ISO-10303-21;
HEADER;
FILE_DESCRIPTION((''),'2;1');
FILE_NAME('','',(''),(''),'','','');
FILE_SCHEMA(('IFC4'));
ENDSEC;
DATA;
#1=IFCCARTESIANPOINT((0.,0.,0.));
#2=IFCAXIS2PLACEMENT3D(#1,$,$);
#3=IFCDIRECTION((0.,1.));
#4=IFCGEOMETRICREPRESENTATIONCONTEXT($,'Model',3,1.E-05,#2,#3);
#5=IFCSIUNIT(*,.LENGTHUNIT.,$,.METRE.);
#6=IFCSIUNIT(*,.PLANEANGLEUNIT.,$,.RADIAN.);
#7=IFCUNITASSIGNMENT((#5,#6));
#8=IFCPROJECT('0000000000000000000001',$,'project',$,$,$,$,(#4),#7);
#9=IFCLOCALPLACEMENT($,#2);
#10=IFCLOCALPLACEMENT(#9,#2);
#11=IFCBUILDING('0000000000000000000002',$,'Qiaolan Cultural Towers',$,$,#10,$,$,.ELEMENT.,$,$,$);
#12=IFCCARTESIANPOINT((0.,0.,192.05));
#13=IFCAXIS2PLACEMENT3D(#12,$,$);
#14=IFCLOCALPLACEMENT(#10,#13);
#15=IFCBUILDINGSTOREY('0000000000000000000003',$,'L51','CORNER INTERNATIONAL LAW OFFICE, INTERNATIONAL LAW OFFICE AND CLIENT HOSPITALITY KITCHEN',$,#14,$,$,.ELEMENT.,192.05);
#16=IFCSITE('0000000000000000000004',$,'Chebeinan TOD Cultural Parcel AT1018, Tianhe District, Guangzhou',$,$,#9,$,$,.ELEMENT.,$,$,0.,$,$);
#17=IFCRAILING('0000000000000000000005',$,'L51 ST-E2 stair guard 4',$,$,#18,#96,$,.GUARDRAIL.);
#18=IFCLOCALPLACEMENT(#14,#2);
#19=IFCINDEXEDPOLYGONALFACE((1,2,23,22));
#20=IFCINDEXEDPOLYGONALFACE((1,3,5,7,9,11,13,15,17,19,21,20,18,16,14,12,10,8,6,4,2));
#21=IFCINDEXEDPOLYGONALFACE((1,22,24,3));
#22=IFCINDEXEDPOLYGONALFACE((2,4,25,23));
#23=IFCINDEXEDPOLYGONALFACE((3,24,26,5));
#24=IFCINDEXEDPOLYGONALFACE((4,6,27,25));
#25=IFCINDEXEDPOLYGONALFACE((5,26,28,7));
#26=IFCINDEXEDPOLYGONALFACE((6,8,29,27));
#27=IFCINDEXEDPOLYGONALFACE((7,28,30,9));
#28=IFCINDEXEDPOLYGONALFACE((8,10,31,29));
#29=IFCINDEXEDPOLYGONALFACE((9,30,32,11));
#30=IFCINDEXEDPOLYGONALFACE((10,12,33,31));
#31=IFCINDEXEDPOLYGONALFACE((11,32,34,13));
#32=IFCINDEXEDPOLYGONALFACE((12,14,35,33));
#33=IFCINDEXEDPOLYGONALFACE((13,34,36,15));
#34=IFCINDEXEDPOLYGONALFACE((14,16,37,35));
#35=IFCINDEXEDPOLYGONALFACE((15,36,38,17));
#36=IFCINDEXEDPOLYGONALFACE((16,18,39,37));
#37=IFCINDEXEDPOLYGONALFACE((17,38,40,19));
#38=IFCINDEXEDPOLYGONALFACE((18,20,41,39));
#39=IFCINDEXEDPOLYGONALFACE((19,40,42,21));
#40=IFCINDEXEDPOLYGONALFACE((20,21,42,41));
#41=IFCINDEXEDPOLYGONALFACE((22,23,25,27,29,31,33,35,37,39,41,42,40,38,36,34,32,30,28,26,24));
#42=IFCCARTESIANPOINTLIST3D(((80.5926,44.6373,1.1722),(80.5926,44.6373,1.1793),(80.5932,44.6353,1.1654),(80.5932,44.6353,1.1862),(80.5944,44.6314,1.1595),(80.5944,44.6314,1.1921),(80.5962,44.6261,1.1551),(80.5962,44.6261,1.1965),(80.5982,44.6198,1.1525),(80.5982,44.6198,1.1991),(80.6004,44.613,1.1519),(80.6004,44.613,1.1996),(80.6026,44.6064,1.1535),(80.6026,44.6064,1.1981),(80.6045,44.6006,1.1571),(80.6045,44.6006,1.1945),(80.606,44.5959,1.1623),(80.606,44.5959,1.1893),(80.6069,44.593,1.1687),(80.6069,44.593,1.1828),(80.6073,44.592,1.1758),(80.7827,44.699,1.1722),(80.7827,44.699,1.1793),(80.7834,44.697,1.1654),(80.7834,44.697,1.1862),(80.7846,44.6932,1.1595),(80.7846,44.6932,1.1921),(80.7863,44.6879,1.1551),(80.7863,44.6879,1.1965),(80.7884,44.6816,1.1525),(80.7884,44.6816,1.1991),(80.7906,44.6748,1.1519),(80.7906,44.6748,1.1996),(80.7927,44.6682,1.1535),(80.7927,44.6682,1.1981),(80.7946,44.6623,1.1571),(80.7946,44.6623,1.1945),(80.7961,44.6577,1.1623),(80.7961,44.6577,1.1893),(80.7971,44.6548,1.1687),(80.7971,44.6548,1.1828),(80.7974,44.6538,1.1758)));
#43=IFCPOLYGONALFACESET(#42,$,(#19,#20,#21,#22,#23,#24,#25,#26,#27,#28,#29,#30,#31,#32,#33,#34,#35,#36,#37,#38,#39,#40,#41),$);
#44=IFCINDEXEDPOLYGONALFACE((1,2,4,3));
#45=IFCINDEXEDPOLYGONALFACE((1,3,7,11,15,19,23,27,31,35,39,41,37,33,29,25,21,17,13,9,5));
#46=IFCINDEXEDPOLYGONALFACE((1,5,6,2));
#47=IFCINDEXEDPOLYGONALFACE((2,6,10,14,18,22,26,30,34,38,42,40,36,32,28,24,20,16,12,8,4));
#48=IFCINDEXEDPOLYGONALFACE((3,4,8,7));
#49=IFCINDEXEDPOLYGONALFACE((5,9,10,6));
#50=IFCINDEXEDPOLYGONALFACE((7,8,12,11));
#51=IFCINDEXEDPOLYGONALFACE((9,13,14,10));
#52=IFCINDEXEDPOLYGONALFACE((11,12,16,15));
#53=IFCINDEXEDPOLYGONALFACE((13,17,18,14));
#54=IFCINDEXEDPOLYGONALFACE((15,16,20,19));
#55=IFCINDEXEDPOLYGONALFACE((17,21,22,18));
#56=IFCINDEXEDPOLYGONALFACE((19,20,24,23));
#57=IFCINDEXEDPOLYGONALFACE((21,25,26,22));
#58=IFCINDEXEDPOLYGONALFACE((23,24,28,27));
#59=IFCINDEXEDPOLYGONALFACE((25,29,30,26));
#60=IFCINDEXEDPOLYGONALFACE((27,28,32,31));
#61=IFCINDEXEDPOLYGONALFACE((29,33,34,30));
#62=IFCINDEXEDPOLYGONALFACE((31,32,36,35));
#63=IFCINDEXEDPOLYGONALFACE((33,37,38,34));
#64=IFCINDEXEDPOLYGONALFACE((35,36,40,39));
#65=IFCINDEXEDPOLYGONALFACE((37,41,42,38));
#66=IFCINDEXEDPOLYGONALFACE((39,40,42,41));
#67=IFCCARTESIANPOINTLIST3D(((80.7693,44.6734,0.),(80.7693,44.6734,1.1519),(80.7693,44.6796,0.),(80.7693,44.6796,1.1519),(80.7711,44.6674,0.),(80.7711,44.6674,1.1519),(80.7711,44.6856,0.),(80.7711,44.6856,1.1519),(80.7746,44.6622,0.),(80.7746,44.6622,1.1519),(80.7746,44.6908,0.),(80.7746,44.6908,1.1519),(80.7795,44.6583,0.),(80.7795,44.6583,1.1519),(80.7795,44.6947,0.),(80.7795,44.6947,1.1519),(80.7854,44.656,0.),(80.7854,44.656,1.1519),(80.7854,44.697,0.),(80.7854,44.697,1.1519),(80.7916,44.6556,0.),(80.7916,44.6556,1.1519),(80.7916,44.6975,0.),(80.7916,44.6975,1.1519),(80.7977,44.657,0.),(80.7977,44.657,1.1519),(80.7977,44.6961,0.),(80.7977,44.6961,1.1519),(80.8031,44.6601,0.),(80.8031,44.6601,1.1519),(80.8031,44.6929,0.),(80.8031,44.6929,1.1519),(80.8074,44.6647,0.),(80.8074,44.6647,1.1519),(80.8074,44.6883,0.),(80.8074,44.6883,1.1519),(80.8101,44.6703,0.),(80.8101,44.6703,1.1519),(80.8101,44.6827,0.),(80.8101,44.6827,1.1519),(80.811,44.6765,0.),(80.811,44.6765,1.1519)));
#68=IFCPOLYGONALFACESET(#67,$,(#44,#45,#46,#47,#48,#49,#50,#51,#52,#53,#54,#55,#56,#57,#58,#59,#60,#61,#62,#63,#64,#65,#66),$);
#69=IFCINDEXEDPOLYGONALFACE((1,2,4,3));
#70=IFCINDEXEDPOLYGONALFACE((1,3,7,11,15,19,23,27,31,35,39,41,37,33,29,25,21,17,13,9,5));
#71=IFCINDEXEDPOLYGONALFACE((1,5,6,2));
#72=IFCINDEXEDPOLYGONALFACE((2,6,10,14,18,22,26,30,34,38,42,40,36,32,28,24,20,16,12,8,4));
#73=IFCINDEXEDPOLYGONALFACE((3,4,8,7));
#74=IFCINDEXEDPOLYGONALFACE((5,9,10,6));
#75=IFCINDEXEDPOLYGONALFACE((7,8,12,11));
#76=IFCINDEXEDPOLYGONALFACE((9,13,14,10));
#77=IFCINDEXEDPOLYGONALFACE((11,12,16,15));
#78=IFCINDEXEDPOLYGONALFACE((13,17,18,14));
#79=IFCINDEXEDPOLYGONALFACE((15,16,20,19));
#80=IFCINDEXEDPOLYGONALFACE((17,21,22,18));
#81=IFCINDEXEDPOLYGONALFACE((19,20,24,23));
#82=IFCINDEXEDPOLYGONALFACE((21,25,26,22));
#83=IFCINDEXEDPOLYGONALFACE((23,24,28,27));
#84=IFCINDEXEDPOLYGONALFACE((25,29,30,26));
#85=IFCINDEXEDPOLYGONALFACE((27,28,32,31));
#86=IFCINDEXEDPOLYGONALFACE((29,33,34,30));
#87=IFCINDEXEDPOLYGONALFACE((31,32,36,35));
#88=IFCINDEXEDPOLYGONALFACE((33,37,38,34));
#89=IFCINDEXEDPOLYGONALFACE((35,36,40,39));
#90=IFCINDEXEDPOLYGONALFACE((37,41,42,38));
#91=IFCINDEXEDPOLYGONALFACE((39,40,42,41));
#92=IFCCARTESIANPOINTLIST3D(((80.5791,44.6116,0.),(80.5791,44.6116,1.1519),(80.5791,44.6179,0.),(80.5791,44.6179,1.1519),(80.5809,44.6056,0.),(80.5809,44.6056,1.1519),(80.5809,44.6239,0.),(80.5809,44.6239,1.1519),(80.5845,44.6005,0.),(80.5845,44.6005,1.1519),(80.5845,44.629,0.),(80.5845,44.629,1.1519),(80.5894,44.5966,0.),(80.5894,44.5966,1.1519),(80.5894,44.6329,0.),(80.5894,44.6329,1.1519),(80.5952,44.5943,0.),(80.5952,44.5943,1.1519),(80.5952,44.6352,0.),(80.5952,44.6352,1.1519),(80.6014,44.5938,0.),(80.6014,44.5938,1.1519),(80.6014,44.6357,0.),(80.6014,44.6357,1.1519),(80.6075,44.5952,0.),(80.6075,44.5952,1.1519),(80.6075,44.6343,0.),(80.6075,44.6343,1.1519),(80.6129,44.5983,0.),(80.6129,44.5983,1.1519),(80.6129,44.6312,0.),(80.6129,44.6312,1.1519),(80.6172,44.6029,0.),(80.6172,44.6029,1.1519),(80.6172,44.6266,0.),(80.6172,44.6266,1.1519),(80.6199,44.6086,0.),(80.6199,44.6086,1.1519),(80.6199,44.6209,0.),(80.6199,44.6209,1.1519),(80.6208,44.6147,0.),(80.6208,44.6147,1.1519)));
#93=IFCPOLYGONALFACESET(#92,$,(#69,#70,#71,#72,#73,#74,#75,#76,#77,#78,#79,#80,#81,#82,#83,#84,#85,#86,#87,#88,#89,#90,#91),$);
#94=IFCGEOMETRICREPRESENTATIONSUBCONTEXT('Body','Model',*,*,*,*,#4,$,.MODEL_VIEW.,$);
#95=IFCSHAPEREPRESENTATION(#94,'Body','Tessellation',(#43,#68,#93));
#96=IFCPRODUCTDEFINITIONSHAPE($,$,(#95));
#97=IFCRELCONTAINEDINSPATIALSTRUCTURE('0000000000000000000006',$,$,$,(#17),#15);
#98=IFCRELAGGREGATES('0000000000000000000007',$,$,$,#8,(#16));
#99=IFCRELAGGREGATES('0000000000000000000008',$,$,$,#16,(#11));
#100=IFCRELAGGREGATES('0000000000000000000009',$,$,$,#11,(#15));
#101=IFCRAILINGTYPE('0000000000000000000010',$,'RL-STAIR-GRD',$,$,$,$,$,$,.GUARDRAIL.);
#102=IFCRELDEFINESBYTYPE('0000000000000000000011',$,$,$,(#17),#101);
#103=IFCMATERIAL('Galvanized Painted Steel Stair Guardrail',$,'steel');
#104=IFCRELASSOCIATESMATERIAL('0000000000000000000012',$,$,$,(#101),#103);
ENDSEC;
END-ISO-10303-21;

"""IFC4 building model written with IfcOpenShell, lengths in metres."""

from ifc_helpers import new_model, si_unit, direction, frame, origin, origin_2d, place, context, subcontext, project, spatial, circle, extrude, material, type_object, element, save


model = new_model("IFC4")

# Units and contexts
model_context = context("Model", 3, precision=1e-05, world=origin(), true_north=direction((0.0, 1.0)))
body_context = subcontext(model_context, "Body", "Model", "MODEL_VIEW")
ifc_project = project(units=[si_unit("LENGTHUNIT", "METRE"), si_unit("PLANEANGLEUNIT", "RADIAN")], contexts=[model_context])

# Site, building, storey
site_placement = place(None, origin())
site = spatial("IfcSite", under=ifc_project, at=site_placement, Name="Chebeinan TOD Cultural Parcel AT1018, Tianhe District, Guangzhou", CompositionType="ELEMENT", RefElevation=0.0)
building_placement = place(site_placement, origin())
building = spatial("IfcBuilding", under=site, at=building_placement, Name="Qiaolan Cultural Towers", CompositionType="ELEMENT")
storey_placement = place(building_placement, frame((0.0, 0.0, 192.05)))
storey = spatial("IfcBuildingStorey", under=building, at=storey_placement, Name="L51", Description="CORNER INTERNATIONAL LAW OFFICE, INTERNATIONAL LAW OFFICE AND CLIENT HOSPITALITY KITCHEN", CompositionType="ELEMENT", Elevation=192.05)

# Railing
ifc_material_1 = material(Name="Galvanized Painted Steel Stair Guardrail", Category="steel")
railing_type_1 = type_object("IfcRailingType", Name="RL-STAIR-GRD", PredefinedType="GUARDRAIL", material=ifc_material_1)
railing_1_placement = place(storey_placement, frame((80.79, 44.6765, 0.0)))
element("IfcRailing", 1, at=railing_1_placement, inside=storey, type_object=railing_type_1, Name="L51 ST-E2 stair guard 4", PredefinedType="GUARDRAIL", context=body_context, shape_type="SweptSolid", body=[
    extrude(circle(Radius=0.0239, at=origin_2d()), frame((0.0, 0.0, 1.1758), z_axis=(-0.951097, -0.308893, 0.0), x_axis=(0.308893, -0.951097, 0.0)), (0.0, 0.0, 1.0), 0.2),
    extrude(circle(Radius=0.021, at=origin_2d()), origin(), (0.0, 0.0, 1.0), 1.1519),
    extrude(circle(Radius=0.021, at=origin_2d()), frame((-0.1902, -0.0618, 0.0)), (0.0, 0.0, 1.0), 1.1519),
])

save(model, "model.ifc")
